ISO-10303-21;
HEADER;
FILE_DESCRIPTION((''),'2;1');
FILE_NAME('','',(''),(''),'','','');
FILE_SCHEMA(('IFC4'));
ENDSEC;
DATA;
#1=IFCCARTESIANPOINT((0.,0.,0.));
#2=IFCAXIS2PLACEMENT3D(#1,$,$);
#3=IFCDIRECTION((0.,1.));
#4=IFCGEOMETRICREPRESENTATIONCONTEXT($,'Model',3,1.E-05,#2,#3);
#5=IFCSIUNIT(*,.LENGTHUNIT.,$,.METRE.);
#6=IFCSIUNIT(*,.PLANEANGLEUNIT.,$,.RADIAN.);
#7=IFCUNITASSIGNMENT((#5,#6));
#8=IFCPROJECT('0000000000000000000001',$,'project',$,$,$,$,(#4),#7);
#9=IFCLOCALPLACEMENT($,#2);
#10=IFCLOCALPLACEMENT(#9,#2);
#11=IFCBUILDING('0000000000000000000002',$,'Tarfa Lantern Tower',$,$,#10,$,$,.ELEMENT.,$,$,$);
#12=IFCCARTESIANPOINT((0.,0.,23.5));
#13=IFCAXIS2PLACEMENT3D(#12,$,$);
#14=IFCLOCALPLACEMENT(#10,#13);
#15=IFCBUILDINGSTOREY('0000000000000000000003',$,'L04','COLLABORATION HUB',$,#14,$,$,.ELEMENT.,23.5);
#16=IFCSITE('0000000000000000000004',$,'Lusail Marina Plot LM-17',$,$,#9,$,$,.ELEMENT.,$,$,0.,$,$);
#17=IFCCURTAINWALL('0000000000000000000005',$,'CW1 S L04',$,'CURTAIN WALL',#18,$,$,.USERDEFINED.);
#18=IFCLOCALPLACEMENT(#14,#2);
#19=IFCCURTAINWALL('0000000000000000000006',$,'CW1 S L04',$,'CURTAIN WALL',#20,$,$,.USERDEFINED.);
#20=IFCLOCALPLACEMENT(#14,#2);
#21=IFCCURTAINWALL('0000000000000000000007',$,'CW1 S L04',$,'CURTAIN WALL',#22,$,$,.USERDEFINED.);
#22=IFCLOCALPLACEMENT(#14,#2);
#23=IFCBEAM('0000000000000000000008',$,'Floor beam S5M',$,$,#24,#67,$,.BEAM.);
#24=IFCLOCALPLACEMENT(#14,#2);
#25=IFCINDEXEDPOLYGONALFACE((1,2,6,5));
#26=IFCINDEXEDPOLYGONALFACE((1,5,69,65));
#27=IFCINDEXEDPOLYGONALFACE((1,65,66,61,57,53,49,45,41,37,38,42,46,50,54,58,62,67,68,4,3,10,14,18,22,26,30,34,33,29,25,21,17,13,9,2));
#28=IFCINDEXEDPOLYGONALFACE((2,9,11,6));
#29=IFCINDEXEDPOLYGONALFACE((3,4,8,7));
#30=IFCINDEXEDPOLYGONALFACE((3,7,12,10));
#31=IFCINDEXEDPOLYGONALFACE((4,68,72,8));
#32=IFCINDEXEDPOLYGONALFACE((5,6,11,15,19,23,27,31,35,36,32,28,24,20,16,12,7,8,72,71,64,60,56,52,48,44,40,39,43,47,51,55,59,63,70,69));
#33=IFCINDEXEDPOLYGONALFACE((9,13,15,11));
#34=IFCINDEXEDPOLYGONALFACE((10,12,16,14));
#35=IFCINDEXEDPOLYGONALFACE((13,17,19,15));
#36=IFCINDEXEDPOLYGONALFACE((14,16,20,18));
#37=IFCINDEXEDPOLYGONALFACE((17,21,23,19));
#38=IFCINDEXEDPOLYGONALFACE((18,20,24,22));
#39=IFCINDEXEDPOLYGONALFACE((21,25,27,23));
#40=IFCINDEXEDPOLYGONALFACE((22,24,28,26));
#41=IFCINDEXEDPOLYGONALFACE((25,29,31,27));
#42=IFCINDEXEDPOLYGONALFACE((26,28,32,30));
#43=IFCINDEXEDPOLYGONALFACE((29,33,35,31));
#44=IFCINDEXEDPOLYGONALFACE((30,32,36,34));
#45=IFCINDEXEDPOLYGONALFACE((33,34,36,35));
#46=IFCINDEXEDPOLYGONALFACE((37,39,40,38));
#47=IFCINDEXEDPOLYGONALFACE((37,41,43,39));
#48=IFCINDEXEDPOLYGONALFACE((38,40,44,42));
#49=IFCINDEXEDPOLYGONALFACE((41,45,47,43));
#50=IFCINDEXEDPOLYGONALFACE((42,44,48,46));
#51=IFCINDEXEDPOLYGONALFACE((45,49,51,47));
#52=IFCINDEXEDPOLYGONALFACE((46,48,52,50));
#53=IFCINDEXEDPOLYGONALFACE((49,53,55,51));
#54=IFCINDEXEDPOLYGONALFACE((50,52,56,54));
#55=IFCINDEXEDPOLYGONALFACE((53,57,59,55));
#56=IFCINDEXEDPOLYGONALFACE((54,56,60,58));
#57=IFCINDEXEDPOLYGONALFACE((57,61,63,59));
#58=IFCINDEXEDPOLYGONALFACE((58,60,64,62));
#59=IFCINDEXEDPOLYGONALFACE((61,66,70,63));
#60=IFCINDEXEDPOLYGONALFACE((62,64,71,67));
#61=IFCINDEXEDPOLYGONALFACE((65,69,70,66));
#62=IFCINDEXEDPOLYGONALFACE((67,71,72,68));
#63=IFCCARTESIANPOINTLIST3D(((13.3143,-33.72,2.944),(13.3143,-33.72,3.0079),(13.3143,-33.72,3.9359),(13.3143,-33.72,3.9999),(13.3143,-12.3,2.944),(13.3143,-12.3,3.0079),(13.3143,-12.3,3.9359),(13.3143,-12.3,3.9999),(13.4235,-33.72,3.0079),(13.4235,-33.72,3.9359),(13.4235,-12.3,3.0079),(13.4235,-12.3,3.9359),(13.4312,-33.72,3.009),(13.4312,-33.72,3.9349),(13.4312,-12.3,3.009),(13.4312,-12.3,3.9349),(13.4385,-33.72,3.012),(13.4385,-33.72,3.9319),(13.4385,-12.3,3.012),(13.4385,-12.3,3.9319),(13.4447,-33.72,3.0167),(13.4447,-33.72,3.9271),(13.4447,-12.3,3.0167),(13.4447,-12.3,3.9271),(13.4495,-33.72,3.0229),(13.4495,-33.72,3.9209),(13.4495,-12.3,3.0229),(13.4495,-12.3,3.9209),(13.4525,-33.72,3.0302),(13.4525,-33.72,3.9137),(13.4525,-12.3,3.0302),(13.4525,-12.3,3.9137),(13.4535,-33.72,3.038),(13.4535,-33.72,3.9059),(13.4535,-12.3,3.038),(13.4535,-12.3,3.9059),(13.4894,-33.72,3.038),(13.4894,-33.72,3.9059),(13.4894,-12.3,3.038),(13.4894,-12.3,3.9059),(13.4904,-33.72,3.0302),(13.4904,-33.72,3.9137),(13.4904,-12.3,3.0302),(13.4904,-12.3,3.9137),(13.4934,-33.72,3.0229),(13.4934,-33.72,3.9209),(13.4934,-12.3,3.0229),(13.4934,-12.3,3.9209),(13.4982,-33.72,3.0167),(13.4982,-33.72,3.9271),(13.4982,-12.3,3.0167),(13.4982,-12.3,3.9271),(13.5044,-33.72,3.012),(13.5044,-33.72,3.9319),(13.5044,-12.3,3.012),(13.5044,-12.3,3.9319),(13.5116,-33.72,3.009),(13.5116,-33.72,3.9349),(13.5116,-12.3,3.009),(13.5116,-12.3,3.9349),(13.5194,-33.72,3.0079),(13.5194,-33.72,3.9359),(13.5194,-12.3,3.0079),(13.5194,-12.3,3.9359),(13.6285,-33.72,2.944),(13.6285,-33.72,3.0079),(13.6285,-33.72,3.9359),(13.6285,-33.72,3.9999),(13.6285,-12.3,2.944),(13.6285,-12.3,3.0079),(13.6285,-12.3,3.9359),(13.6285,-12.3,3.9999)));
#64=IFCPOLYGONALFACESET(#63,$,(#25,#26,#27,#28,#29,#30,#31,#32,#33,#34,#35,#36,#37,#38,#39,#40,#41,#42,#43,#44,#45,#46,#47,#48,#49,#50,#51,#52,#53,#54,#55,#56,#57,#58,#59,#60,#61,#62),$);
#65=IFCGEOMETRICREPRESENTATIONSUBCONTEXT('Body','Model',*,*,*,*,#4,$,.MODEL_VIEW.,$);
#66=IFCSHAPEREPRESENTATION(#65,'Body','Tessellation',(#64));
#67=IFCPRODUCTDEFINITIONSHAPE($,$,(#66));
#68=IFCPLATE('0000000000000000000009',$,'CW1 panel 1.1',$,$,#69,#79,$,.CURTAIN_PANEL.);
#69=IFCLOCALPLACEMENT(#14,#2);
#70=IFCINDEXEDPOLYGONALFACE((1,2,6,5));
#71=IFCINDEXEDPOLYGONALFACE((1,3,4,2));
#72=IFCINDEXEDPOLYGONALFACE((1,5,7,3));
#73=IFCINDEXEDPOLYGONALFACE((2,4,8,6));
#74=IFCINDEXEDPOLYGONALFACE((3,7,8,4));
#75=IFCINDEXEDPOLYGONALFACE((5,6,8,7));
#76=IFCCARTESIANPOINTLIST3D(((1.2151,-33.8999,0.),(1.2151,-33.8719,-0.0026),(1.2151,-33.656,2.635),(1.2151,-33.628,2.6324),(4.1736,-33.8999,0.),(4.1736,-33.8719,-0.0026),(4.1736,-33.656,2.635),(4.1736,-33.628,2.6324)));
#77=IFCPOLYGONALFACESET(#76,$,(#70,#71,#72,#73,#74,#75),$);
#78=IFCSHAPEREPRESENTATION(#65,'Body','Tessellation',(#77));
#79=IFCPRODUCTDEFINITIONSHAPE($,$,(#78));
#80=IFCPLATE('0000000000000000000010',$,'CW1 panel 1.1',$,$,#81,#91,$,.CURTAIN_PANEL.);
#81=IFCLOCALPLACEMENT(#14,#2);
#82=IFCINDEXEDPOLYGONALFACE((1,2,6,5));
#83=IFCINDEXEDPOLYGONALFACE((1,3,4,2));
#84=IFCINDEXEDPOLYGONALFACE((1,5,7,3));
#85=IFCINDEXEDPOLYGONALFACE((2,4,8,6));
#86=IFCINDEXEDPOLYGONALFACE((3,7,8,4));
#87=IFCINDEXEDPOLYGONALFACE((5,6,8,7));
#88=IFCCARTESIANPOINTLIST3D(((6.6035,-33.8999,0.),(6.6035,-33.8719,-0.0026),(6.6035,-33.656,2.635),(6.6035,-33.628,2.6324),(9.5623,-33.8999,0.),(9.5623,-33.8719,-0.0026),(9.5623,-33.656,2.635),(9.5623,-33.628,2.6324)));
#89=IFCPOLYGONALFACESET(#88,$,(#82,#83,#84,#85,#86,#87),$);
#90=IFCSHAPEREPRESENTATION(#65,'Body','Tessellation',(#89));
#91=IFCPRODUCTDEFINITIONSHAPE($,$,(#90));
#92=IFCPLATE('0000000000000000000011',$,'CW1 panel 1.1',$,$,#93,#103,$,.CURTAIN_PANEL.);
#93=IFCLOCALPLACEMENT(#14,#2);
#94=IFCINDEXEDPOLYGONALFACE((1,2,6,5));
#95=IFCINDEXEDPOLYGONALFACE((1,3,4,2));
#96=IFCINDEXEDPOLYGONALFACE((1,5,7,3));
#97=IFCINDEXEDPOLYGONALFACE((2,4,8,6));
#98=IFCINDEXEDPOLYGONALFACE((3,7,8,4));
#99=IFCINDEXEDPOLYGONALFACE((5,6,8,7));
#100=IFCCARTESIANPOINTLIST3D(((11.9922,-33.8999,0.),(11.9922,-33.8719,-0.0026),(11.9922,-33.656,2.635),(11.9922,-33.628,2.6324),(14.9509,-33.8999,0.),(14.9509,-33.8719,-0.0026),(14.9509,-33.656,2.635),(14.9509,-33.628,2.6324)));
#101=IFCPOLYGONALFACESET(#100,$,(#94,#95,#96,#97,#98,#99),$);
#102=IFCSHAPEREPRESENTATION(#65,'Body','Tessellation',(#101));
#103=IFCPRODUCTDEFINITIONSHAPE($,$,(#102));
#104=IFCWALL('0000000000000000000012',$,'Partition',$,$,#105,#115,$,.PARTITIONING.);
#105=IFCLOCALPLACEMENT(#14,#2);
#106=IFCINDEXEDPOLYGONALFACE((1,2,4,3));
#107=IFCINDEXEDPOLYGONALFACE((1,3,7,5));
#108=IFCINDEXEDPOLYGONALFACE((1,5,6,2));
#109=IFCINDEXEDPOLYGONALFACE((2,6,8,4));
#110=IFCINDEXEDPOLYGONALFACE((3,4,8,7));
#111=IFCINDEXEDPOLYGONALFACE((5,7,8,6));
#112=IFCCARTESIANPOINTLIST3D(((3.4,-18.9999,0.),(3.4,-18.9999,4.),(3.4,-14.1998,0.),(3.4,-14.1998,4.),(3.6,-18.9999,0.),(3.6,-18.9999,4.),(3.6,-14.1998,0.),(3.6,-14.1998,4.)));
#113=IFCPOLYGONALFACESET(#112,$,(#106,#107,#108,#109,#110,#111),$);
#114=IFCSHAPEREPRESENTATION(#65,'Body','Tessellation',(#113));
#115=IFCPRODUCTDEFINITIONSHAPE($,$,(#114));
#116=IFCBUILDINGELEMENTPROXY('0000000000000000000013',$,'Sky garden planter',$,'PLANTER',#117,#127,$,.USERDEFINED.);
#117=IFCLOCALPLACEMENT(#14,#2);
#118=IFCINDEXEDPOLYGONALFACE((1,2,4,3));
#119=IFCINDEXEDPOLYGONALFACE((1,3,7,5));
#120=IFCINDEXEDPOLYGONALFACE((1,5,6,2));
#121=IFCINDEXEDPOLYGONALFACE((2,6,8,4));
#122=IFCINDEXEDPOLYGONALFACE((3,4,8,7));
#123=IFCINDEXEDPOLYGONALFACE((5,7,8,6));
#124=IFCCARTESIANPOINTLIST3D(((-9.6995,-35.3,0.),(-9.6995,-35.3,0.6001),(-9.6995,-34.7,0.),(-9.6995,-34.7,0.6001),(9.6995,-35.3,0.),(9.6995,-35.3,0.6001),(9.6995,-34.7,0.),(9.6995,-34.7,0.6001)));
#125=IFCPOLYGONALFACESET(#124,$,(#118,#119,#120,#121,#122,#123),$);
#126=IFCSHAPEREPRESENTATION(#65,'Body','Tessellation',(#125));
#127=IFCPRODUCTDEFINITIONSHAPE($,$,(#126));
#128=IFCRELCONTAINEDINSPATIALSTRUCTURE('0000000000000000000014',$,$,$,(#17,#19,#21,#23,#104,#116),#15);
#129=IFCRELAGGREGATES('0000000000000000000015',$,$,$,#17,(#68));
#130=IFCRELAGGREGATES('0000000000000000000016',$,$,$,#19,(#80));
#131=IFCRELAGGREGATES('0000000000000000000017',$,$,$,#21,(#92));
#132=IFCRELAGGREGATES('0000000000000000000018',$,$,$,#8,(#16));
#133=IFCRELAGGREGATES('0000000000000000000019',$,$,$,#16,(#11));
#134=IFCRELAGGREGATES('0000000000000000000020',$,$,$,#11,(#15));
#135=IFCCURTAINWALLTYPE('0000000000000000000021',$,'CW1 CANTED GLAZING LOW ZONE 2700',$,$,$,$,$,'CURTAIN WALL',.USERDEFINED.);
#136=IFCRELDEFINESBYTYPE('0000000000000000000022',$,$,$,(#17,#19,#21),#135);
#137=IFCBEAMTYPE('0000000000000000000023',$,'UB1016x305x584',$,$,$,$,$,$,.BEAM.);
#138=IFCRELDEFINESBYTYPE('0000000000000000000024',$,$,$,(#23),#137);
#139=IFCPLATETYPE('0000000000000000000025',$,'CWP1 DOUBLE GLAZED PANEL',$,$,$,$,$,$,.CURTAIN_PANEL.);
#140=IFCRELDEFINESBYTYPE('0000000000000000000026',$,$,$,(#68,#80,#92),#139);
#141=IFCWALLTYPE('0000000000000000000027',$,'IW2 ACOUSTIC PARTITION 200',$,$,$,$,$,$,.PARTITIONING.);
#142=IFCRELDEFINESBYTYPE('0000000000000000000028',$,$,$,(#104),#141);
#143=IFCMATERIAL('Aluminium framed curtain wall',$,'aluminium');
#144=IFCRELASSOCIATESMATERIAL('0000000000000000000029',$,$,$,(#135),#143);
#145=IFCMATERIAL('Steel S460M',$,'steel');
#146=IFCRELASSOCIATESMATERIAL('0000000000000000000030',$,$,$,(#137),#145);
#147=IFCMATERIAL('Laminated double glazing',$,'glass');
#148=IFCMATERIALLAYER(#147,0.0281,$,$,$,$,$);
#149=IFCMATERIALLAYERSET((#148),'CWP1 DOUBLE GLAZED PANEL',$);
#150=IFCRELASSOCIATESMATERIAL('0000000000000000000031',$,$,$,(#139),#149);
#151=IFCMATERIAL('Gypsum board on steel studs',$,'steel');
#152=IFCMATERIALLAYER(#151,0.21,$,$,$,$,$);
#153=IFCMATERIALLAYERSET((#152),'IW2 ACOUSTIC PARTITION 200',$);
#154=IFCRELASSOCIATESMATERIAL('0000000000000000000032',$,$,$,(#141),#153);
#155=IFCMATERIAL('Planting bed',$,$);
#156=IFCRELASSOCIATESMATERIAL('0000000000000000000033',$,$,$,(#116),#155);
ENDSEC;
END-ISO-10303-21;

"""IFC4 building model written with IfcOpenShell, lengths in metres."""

from ifc_helpers import new_model, si_unit, direction, frame, frame_2d, origin, origin_2d, place, context, subcontext, project, spatial, polyline, rectangle, i_section, outline, extrude, material, layer, layer_set, material_profile, profile_set, type_object, element, aggregate, save


model = new_model("IFC4")

# Units and contexts
model_context = context("Model", 3, precision=1e-05, world=origin(), true_north=direction((0.0, 1.0)))
body_context = subcontext(model_context, "Body", "Model", "MODEL_VIEW")
ifc_project = project(units=[si_unit("LENGTHUNIT", "METRE"), si_unit("PLANEANGLEUNIT", "RADIAN")], contexts=[model_context])

# Site, building, storey
site_placement = place(None, origin())
site = spatial("IfcSite", under=ifc_project, at=site_placement, Name="Lusail Marina Plot LM-17", CompositionType="ELEMENT", RefElevation=0.0)
building_placement = place(site_placement, origin())
building = spatial("IfcBuilding", under=site, at=building_placement, Name="Tarfa Lantern Tower", CompositionType="ELEMENT")
storey_placement = place(building_placement, frame((0.0, 0.0, 23.5)))
storey = spatial("IfcBuildingStorey", under=building, at=storey_placement, Name="L04", Description="COLLABORATION HUB", CompositionType="ELEMENT", Elevation=23.5)

# Curtain walls
ifc_material_1 = material(Name="Aluminium framed curtain wall", Category="aluminium")
curtain_wall_type = type_object("IfcCurtainWallType", Name="CW1 CANTED GLAZING LOW ZONE 2700", ElementType="CURTAIN WALL", PredefinedType="USERDEFINED", material=ifc_material_1)
curtain_wall_1_placement = place(storey_placement, origin())
curtain_wall_1 = element("IfcCurtainWall", 1, at=curtain_wall_1_placement, inside=storey, type_object=curtain_wall_type, Name="CW1 S L04", ObjectType="CURTAIN WALL", PredefinedType="USERDEFINED")
curtain_wall_2_placement = place(storey_placement, origin())
curtain_wall_2 = element("IfcCurtainWall", 2, at=curtain_wall_2_placement, inside=storey, type_object=curtain_wall_type, Name="CW1 S L04", ObjectType="CURTAIN WALL", PredefinedType="USERDEFINED")
curtain_wall_3_placement = place(storey_placement, origin())
curtain_wall_3 = element("IfcCurtainWall", 3, at=curtain_wall_3_placement, inside=storey, type_object=curtain_wall_type, Name="CW1 S L04", ObjectType="CURTAIN WALL", PredefinedType="USERDEFINED")

# Beam
ifc_material_2 = material(Name="Steel S460M", Category="steel")
ifc_material_profile_1 = material_profile(ifc_material_2, i_section(OverallWidth=0.3142, OverallDepth=1.0559, WebThickness=0.0359, FlangeThickness=0.064, FilletRadius=0.03, at=origin_2d()), Name="UB1016x305x584")
ifc_profile_set_1 = profile_set([ifc_material_profile_1], Name="Steel S460M")
beam_type_1 = type_object("IfcBeamType", Name="UB1016x305x584", PredefinedType="BEAM", material=ifc_profile_set_1)
for number, where, z_axis, x_axis, name in (
    (4, (13.4714, -33.72, 3.4719), (0.0, 1.0, 0.0), (-1.0, 0.0, 0.0), "Floor beam S5M"),
):
    element("IfcBeam", number, at=place(storey_placement, frame(where, z_axis=z_axis, x_axis=x_axis)), inside=storey, type_object=beam_type_1, Name=name, PredefinedType="BEAM", context=body_context, shape_type="SweptSolid", body=[
        extrude(i_section(OverallWidth=0.3142, OverallDepth=1.0559, WebThickness=0.0359, FlangeThickness=0.064, FilletRadius=0.03, at=origin_2d()), origin(), (0.0, 0.0, 1.0), 21.4199),
    ])

# Plates
ifc_material_3 = material(Name="Laminated double glazing", Category="glass")
ifc_layer_1 = layer(ifc_material_3, 0.0281)
ifc_layer_set_1 = layer_set([ifc_layer_1], Name="CWP1 DOUBLE GLAZED PANEL")
plate_type = type_object("IfcPlateType", Name="CWP1 DOUBLE GLAZED PANEL", PredefinedType="CURTAIN_PANEL", material=ifc_layer_set_1)
plate_1_placement = place(storey_placement, frame((1.2151, -33.8999, 0.0), z_axis=(0.0, -0.995744, 0.092166), x_axis=(1.0, 0.0, 0.0)))
plate_1 = element("IfcPlate", 5, at=plate_1_placement, type_object=plate_type, Name="CW1 panel 1.1", PredefinedType="CURTAIN_PANEL", context=body_context, shape_type="SweptSolid", body=[
    extrude(outline(polyline([(0.0, 0.0), (2.9585, 0.0), (2.9585, 2.6463), (0.0, 2.6463), (0.0, 0.0)])), origin(), (0.0, 0.0, -1.0), 0.0281),
])
aggregate(curtain_wall_1, [plate_1])
plate_2_placement = place(storey_placement, frame((6.6035, -33.8999, 0.0), z_axis=(0.0, -0.995744, 0.092166), x_axis=(1.0, 0.0, 0.0)))
plate_2 = element("IfcPlate", 6, at=plate_2_placement, type_object=plate_type, Name="CW1 panel 1.1", PredefinedType="CURTAIN_PANEL", context=body_context, shape_type="SweptSolid", body=[
    extrude(outline(polyline([(0.0, 0.0), (2.9587, 0.0), (2.9587, 2.6463), (0.0, 2.6463), (0.0, 0.0)])), origin(), (0.0, 0.0, -1.0), 0.0281),
])
aggregate(curtain_wall_2, [plate_2])
plate_3_placement = place(storey_placement, frame((11.9922, -33.8999, 0.0), z_axis=(0.0, -0.995744, 0.092166), x_axis=(1.0, 0.0, 0.0)))
plate_3 = element("IfcPlate", 7, at=plate_3_placement, type_object=plate_type, Name="CW1 panel 1.1", PredefinedType="CURTAIN_PANEL", context=body_context, shape_type="SweptSolid", body=[
    extrude(outline(polyline([(0.0, 0.0), (2.9587, 0.0), (2.9587, 2.6463), (0.0, 2.6463), (0.0, 0.0)])), origin(), (0.0, 0.0, -1.0), 0.0281),
])
aggregate(curtain_wall_3, [plate_3])

# Wall
ifc_material_4 = material(Name="Gypsum board on steel studs", Category="steel")
ifc_layer_2 = layer(ifc_material_4, 0.21)
ifc_layer_set_2 = layer_set([ifc_layer_2], Name="IW2 ACOUSTIC PARTITION 200")
wall_type = type_object("IfcWallType", Name="IW2 ACOUSTIC PARTITION 200", PredefinedType="PARTITIONING", material=ifc_layer_set_2)
wall_placement = place(storey_placement, frame((3.5, -14.2, 0.0), z_axis=(0.0, 0.0, 1.0), x_axis=(0.0, -1.0, 0.0)))
element("IfcWall", 8, at=wall_placement, inside=storey, type_object=wall_type, Name="Partition", PredefinedType="PARTITIONING", context=body_context, shape_type="SweptSolid", body=[
    extrude(rectangle(XDim=4.8, YDim=0.2, at=frame_2d((2.3999, 0.0))), origin(), (0.0, 0.0, 1.0), 4.0),
])

# Building element proxy
ifc_material_5 = material(Name="Planting bed")
proxy_placement = place(storey_placement, frame((0.0, -35.0, 0.0), z_axis=(0.0, 0.0, 1.0), x_axis=(1.0, 0.0, 0.0)))
element("IfcBuildingElementProxy", 9, at=proxy_placement, inside=storey, material=ifc_material_5, Name="Sky garden planter", ObjectType="PLANTER", PredefinedType="USERDEFINED", context=body_context, shape_type="SweptSolid", body=[
    extrude(rectangle(XDim=19.3989, YDim=0.6001, at=origin_2d()), origin(), (0.0, 0.0, 1.0), 0.6001),
])

save(model, "model.ifc")
